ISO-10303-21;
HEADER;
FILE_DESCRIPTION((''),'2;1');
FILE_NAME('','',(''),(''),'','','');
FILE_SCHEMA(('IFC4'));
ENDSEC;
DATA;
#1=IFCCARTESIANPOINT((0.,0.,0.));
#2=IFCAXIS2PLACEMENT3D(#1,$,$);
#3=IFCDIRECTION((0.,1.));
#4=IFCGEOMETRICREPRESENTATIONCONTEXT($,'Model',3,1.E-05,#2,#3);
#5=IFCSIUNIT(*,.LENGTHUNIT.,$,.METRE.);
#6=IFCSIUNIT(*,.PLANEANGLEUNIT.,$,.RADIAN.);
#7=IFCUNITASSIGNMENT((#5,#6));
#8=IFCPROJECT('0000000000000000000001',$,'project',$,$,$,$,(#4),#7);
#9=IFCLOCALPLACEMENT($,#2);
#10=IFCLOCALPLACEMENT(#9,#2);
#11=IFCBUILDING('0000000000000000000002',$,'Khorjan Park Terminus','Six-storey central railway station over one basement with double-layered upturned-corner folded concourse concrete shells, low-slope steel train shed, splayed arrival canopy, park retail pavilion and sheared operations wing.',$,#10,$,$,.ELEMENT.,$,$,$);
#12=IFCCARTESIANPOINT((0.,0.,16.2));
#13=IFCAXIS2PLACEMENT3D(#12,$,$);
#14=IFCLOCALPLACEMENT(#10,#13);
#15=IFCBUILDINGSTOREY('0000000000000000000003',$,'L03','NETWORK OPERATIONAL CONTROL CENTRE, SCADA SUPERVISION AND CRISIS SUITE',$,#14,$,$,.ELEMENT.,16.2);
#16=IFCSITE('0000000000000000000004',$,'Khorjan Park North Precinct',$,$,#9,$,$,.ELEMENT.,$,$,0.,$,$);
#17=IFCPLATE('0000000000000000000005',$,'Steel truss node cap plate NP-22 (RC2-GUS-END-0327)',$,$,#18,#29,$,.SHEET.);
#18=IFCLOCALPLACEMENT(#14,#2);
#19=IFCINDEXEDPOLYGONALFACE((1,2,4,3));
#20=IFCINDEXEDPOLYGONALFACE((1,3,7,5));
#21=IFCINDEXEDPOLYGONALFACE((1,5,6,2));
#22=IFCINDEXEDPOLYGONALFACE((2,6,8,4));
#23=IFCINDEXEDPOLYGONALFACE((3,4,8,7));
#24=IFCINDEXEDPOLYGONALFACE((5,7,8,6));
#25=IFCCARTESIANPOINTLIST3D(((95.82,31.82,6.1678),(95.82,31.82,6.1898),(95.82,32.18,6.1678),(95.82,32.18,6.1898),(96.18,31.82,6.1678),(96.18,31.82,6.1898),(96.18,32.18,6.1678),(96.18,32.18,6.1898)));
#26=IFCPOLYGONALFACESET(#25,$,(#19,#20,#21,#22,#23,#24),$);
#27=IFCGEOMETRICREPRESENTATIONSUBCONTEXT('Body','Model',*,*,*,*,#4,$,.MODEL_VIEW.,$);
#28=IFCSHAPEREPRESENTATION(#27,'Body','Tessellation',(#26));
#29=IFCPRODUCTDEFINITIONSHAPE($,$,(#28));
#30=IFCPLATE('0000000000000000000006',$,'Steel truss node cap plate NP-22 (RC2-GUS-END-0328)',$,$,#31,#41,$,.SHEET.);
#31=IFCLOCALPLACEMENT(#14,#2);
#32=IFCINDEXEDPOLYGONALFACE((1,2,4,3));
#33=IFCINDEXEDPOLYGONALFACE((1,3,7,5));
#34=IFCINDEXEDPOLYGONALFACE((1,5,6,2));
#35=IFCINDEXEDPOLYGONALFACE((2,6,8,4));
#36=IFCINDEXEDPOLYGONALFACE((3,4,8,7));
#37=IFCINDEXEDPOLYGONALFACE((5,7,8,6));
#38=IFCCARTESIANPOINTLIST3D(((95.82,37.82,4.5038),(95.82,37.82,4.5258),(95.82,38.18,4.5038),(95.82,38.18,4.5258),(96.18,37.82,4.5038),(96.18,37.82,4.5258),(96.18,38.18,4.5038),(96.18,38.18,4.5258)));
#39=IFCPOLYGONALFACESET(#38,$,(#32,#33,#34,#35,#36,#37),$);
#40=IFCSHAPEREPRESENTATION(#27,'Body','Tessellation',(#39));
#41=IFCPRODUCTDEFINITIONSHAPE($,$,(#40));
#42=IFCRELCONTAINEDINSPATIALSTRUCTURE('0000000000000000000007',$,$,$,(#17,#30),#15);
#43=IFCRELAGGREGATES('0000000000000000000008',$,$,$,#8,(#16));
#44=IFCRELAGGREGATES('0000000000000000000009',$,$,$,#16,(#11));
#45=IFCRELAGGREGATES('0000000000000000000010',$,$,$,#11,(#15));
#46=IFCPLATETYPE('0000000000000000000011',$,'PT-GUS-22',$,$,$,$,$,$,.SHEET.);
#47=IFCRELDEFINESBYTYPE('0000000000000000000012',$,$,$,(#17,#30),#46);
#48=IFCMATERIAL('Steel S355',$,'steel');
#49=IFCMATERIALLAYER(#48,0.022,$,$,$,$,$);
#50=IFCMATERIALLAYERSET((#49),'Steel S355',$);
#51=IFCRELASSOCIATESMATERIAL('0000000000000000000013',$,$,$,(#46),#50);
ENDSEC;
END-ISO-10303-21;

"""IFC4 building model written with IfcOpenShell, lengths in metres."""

from ifc_helpers import new_model, si_unit, direction, frame, origin, origin_2d, place, context, subcontext, project, spatial, rectangle, extrude, material, layer, layer_set, type_object, element, save


model = new_model("IFC4")

# Units and contexts
model_context = context("Model", 3, precision=1e-05, world=origin(), true_north=direction((0.0, 1.0)))
body_context = subcontext(model_context, "Body", "Model", "MODEL_VIEW")
ifc_project = project(units=[si_unit("LENGTHUNIT", "METRE"), si_unit("PLANEANGLEUNIT", "RADIAN")], contexts=[model_context])

# Site, building, storey
site_placement = place(None, origin())
site = spatial("IfcSite", under=ifc_project, at=site_placement, Name="Khorjan Park North Precinct", CompositionType="ELEMENT", RefElevation=0.0)
building_placement = place(site_placement, origin())
building = spatial("IfcBuilding", under=site, at=building_placement, Name="Khorjan Park Terminus", Description="Six-storey central railway station over one basement with double-layered upturned-corner folded concourse concrete shells, low-slope steel train shed, splayed arrival canopy, park retail pavilion and sheared operations wing.", CompositionType="ELEMENT")
storey_placement = place(building_placement, frame((0.0, 0.0, 16.2)))
storey = spatial("IfcBuildingStorey", under=building, at=storey_placement, Name="L03", Description="NETWORK OPERATIONAL CONTROL CENTRE, SCADA SUPERVISION AND CRISIS SUITE", CompositionType="ELEMENT", Elevation=16.2)

# Shared definitions
ifc_material_1 = material(Name="Steel S355", Category="steel")

# Plates
ifc_layer = layer(ifc_material_1, 0.022)
ifc_layer_set = layer_set([ifc_layer], Name="Steel S355")
plate_type = type_object("IfcPlateType", Name="PT-GUS-22", PredefinedType="SHEET", material=ifc_layer_set)
for number, where, z_axis, x_axis, name in (
    (1, (96.0, 32.0, 6.1678), (0.0, 0.0, 1.0), (1.0, 0.0, 0.0), "Steel truss node cap plate NP-22 (RC2-GUS-END-0327)"),
    (2, (96.0, 38.0, 4.5038), (0.0, 0.0, 1.0), (1.0, 0.0, 0.0), "Steel truss node cap plate NP-22 (RC2-GUS-END-0328)"),
):
    element("IfcPlate", number, at=place(storey_placement, frame(where, z_axis=z_axis, x_axis=x_axis)), inside=storey, type_object=plate_type, Name=name, PredefinedType="SHEET", context=body_context, shape_type="SweptSolid", body=[
        extrude(rectangle(XDim=0.36, YDim=0.36, at=origin_2d()), origin(), (0.0, 0.0, 1.0), 0.022),
    ])

save(model, "model.ifc")
